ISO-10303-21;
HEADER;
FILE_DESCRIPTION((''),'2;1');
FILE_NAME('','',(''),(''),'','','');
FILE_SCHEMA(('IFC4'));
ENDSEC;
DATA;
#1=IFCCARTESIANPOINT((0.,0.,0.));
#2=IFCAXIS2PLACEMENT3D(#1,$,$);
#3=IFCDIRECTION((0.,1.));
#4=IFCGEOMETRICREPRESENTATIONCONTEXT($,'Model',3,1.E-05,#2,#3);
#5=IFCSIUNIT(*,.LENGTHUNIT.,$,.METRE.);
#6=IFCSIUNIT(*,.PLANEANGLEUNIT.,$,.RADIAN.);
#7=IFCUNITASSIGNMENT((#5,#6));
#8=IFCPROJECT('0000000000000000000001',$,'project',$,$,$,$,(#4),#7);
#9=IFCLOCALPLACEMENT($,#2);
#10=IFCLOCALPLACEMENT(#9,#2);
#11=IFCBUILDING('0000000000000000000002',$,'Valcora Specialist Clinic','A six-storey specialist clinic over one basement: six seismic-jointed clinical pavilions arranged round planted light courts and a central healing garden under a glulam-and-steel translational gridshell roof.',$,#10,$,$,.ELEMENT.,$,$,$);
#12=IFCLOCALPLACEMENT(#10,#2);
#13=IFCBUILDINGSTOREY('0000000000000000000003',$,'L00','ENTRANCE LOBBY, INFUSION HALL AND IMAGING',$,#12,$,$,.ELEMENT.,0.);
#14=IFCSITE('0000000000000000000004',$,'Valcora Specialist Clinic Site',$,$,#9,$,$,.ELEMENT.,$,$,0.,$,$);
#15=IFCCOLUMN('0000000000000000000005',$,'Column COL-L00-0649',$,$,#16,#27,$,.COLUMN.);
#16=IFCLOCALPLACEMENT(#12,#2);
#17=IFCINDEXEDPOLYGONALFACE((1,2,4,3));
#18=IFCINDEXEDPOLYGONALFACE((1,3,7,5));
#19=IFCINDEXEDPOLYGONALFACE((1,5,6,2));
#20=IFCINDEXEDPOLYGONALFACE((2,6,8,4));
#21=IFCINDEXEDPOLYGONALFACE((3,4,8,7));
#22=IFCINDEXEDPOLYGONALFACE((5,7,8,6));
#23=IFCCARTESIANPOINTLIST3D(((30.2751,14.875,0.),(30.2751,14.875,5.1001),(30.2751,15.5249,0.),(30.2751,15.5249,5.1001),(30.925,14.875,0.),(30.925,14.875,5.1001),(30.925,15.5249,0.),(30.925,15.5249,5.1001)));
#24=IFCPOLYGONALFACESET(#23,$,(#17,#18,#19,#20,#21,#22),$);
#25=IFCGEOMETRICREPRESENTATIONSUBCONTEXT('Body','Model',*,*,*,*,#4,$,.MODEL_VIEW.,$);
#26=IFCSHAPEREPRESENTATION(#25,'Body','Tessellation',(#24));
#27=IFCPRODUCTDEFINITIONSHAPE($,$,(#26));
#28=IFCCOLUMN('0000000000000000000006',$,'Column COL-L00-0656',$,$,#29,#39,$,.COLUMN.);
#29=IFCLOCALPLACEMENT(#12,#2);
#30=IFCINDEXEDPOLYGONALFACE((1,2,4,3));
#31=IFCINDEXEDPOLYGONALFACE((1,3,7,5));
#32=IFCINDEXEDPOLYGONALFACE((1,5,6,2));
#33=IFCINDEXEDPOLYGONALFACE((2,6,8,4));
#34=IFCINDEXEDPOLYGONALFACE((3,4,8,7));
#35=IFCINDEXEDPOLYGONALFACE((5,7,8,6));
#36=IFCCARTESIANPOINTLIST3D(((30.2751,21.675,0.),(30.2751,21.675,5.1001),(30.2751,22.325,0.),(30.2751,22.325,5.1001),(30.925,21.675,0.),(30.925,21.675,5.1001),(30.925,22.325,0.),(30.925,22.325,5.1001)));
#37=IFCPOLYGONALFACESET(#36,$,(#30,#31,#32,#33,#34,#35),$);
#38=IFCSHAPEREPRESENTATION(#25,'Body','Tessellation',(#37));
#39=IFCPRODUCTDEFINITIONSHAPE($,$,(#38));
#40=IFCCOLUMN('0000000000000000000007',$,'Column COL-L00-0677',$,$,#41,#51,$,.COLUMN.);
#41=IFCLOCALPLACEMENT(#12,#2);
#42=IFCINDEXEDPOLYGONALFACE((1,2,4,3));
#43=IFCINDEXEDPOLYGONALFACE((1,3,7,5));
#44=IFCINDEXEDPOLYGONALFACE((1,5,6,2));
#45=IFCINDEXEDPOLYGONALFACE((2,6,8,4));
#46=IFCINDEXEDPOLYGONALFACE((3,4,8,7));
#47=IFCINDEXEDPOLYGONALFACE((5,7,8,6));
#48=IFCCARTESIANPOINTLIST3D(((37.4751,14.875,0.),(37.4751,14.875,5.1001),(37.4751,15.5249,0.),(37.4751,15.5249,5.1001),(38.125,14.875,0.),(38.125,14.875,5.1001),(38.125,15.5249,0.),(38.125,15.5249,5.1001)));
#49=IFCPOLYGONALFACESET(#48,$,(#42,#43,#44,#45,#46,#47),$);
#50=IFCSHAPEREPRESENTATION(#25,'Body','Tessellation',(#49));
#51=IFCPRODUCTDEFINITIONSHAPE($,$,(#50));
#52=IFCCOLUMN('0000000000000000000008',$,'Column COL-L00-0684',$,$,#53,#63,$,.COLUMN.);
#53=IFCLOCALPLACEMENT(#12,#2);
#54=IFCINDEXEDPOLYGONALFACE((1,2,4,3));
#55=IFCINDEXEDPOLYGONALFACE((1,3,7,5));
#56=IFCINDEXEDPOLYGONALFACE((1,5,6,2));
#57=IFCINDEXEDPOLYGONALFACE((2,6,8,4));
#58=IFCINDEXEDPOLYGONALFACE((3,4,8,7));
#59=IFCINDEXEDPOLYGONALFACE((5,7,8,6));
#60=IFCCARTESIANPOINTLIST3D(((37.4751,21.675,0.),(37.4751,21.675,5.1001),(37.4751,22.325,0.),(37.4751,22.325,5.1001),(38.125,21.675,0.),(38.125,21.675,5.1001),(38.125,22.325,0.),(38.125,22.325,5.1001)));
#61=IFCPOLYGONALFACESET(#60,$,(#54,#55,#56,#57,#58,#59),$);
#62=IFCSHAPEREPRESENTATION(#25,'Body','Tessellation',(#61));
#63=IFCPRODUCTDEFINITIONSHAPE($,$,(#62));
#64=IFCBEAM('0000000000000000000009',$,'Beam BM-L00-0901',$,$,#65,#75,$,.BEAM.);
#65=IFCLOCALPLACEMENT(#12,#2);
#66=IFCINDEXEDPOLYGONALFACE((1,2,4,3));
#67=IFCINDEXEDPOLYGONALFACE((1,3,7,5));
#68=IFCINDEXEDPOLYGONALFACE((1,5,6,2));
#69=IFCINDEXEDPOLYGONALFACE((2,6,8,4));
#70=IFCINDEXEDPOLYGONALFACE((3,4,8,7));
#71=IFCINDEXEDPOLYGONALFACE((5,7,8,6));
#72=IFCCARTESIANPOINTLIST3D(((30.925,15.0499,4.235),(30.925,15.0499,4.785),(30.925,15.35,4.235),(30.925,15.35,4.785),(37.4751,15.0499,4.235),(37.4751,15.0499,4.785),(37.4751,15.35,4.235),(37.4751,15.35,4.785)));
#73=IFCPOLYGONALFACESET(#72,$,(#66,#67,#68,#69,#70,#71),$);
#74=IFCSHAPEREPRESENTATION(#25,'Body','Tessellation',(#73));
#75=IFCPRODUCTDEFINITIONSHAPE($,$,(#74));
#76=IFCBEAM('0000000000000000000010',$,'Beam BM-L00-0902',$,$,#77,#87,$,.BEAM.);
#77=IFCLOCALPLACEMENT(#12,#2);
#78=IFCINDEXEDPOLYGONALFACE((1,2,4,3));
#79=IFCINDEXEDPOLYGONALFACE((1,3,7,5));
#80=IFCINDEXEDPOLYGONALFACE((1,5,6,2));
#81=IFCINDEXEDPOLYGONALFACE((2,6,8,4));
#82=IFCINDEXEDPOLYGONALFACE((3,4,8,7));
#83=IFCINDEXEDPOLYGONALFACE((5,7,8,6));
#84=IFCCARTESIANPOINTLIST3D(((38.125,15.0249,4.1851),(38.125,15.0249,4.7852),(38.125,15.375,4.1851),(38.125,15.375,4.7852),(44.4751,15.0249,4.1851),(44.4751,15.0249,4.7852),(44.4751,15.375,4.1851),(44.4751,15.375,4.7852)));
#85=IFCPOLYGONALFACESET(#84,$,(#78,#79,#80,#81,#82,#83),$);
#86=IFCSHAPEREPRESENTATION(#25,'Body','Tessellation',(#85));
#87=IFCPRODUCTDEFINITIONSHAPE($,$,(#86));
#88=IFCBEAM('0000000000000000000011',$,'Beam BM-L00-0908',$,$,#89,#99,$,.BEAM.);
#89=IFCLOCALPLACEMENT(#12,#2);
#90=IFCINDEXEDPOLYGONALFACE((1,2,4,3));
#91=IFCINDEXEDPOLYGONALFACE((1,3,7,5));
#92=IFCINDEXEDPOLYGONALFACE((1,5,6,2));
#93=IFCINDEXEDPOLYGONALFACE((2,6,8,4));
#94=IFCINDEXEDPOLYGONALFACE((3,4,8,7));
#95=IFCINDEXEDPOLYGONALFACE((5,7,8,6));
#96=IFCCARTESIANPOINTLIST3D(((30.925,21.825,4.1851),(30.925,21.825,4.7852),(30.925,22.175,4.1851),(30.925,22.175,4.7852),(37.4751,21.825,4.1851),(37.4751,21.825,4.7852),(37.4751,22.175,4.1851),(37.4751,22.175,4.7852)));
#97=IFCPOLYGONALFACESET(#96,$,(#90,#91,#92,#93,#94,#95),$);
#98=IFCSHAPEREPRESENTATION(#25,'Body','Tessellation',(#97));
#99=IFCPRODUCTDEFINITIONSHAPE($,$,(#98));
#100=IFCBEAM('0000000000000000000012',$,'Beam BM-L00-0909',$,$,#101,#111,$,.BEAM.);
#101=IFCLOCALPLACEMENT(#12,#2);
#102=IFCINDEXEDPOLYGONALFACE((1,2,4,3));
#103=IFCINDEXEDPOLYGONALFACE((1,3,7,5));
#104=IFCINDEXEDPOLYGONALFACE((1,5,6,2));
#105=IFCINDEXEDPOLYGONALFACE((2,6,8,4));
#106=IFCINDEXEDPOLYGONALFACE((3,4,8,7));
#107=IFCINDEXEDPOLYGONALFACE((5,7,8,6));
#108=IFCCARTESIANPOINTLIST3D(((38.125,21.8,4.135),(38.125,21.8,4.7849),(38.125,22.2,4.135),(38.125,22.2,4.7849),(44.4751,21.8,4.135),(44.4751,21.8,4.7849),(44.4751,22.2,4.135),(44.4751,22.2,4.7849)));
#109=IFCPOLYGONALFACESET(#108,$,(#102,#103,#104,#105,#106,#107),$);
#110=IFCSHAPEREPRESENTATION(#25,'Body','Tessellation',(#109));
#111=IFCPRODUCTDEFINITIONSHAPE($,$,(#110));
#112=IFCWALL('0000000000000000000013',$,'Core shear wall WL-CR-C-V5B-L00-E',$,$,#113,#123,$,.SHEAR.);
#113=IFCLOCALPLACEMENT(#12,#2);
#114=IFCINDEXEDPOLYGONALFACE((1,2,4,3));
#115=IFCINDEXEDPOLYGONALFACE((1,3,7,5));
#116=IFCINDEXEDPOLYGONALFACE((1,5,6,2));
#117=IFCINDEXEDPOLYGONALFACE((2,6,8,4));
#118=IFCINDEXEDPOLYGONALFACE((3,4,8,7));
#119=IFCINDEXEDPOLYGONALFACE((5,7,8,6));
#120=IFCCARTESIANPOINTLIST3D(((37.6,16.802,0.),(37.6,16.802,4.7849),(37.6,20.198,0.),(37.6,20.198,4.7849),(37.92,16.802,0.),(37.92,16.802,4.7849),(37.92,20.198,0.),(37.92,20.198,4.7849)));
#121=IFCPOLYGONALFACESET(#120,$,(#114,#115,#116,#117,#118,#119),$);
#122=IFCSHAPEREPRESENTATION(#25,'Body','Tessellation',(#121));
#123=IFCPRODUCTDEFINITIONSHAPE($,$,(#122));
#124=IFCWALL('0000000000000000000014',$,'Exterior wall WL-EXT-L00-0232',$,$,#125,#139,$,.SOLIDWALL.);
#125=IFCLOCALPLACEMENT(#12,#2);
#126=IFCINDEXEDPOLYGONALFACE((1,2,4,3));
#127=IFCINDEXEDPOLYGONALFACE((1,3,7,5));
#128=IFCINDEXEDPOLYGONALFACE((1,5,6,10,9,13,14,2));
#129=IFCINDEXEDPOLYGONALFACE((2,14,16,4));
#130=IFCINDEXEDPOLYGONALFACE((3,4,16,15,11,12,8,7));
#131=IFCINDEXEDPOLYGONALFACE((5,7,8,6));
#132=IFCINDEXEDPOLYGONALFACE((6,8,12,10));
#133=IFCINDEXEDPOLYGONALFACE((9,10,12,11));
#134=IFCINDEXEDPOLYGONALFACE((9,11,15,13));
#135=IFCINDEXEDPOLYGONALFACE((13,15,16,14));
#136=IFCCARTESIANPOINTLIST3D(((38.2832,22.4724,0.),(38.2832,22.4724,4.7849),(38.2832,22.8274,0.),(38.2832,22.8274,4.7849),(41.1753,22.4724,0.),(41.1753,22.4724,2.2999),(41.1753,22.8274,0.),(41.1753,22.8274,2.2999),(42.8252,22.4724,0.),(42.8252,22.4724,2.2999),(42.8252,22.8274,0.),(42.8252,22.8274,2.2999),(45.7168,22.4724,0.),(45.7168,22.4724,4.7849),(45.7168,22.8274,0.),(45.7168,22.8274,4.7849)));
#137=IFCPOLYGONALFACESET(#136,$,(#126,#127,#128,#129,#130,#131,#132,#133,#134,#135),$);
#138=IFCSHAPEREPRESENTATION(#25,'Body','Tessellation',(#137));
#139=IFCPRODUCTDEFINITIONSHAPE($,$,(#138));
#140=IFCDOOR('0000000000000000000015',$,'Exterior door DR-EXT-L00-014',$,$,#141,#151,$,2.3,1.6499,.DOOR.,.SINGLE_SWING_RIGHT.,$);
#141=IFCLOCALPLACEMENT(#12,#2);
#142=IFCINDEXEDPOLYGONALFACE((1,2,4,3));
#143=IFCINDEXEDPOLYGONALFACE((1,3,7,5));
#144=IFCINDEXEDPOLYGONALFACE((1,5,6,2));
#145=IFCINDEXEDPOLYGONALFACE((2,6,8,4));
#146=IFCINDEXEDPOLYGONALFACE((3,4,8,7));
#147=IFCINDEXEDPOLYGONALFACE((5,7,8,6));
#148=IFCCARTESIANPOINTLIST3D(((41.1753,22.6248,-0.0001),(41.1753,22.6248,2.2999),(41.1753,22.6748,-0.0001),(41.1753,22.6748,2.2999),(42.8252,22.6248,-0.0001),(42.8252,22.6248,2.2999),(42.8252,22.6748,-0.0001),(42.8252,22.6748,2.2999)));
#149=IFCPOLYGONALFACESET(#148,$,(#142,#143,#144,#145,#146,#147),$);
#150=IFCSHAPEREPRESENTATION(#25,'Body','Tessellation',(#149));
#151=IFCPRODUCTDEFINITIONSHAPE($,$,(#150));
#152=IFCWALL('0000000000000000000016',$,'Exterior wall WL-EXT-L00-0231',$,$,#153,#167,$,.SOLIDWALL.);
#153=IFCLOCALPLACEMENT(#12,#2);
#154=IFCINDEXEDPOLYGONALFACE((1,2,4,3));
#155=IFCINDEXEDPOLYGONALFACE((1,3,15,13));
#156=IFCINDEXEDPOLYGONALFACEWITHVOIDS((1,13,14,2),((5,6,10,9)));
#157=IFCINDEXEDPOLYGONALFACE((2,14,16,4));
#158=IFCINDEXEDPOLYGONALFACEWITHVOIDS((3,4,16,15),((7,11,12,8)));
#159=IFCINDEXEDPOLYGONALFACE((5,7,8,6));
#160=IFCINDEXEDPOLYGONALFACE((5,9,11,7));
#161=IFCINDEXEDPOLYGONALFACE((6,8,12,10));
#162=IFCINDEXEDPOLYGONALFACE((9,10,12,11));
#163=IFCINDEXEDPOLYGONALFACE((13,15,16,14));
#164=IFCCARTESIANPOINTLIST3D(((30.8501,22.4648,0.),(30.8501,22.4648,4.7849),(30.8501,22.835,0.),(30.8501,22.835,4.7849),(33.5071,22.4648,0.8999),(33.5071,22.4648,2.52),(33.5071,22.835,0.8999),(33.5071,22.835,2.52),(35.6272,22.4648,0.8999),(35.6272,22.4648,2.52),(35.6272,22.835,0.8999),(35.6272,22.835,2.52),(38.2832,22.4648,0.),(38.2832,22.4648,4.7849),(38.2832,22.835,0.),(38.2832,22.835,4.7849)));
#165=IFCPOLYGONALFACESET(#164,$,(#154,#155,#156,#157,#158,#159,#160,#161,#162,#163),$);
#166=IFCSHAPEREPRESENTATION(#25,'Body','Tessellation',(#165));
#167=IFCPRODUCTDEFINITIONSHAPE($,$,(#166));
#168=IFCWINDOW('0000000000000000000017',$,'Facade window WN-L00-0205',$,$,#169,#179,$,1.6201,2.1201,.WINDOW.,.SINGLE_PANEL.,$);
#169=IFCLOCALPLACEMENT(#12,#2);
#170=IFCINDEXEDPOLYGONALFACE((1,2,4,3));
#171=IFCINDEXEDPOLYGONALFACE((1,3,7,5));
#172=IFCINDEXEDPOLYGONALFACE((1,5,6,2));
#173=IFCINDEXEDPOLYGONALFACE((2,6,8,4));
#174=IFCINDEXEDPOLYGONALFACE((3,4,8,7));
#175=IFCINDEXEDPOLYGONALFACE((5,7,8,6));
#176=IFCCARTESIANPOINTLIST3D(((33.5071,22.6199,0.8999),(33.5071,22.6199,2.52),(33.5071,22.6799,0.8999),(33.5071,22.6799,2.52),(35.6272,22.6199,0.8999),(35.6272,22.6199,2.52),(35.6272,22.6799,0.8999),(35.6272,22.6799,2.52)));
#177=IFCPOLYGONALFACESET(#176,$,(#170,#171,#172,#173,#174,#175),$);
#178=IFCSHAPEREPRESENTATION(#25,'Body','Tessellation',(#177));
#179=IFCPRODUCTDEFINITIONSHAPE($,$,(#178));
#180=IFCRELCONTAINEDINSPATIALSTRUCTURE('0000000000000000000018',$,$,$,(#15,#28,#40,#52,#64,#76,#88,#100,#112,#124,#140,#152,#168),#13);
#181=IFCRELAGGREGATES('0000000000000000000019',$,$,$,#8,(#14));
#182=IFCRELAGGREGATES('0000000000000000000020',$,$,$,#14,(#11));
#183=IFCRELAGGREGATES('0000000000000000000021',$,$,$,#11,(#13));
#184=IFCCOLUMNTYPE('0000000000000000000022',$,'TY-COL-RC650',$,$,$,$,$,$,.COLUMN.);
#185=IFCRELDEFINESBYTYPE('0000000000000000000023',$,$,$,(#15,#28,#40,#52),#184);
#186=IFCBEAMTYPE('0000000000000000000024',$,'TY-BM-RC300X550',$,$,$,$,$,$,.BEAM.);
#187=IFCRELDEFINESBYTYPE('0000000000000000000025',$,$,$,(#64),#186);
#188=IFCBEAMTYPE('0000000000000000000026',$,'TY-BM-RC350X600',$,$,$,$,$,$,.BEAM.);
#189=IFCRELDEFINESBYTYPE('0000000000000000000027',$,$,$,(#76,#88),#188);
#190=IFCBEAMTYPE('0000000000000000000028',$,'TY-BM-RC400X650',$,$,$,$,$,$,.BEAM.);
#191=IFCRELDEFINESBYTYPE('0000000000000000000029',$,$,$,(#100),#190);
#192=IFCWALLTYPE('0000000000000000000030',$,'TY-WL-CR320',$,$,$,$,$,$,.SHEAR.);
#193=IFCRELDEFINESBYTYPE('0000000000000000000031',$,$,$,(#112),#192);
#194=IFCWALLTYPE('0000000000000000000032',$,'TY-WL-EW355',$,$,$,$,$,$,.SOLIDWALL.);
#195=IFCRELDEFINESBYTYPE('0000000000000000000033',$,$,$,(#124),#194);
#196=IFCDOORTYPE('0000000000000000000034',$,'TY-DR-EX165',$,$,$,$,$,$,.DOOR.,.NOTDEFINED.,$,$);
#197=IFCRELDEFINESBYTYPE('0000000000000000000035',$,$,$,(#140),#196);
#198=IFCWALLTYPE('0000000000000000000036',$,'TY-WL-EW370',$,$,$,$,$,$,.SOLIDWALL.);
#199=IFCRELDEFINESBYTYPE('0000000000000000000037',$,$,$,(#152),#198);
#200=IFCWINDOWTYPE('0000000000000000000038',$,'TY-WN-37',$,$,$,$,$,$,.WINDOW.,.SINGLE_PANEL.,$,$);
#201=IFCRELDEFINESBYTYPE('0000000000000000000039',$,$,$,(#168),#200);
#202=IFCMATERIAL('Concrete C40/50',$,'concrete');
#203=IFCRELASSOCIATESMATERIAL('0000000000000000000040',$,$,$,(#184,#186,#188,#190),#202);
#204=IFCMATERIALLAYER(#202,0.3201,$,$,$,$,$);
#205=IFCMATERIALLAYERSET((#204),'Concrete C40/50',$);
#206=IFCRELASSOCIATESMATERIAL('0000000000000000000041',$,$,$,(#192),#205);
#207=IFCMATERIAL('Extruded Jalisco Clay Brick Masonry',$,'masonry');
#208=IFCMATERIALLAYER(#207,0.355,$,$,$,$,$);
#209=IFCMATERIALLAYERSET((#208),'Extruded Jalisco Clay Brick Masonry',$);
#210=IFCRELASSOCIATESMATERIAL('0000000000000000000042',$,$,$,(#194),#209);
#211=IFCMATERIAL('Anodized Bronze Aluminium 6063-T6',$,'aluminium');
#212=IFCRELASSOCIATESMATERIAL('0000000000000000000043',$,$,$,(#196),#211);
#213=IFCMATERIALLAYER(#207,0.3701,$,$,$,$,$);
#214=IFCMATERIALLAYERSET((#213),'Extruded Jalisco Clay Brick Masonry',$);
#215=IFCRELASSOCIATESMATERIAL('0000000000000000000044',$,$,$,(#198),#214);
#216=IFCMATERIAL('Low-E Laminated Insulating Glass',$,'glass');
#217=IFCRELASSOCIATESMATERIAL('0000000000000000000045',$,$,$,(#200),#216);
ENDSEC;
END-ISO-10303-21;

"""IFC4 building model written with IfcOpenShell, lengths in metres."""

from ifc_helpers import new_model, si_unit, direction, frame, frame_2d, origin, origin_2d, place, context, subcontext, project, spatial, rectangle, extrude, material, layer, layer_set, material_profile, profile_set, type_object, element, fill, save


model = new_model("IFC4")

# Units and contexts
model_context = context("Model", 3, precision=1e-05, world=origin(), true_north=direction((0.0, 1.0)))
body_context = subcontext(model_context, "Body", "Model", "MODEL_VIEW")
ifc_project = project(units=[si_unit("LENGTHUNIT", "METRE"), si_unit("PLANEANGLEUNIT", "RADIAN")], contexts=[model_context])

# Site, building, storey
site_placement = place(None, origin())
site = spatial("IfcSite", under=ifc_project, at=site_placement, Name="Valcora Specialist Clinic Site", CompositionType="ELEMENT", RefElevation=0.0)
building_placement = place(site_placement, origin())
building = spatial("IfcBuilding", under=site, at=building_placement, Name="Valcora Specialist Clinic", Description="A six-storey specialist clinic over one basement: six seismic-jointed clinical pavilions arranged round planted light courts and a central healing garden under a glulam-and-steel translational gridshell roof.", CompositionType="ELEMENT")
storey_placement = place(building_placement, origin())
storey = spatial("IfcBuildingStorey", under=building, at=storey_placement, Name="L00", Description="ENTRANCE LOBBY, INFUSION HALL AND IMAGING", CompositionType="ELEMENT", Elevation=0.0)

# Columns
ifc_material_1 = material(Name="Concrete C40/50", Category="concrete")
ifc_material_profile_1 = material_profile(ifc_material_1, rectangle(XDim=0.6499, YDim=0.6499, at=origin_2d()), Name="RC-COL-650X650")
ifc_profile_set_1 = profile_set([ifc_material_profile_1], Name="Concrete C40/50")
column_type = type_object("IfcColumnType", Name="TY-COL-RC650", PredefinedType="COLUMN", material=ifc_profile_set_1)
for number, where, z_axis, x_axis, name in (
    (1, (30.6001, 15.2, 0.0), (0.0, 0.0, 1.0), (1.0, 0.0, 0.0), "Column COL-L00-0649"),
    (2, (30.6001, 22.0, 0.0), (0.0, 0.0, 1.0), (1.0, 0.0, 0.0), "Column COL-L00-0656"),
    (3, (37.8, 15.2, 0.0), (0.0, 0.0, 1.0), (1.0, 0.0, 0.0), "Column COL-L00-0677"),
    (4, (37.8, 22.0, 0.0), (0.0, 0.0, 1.0), (1.0, 0.0, 0.0), "Column COL-L00-0684"),
):
    element("IfcColumn", number, at=place(storey_placement, frame(where, z_axis=z_axis, x_axis=x_axis)), inside=storey, type_object=column_type, Name=name, PredefinedType="COLUMN", context=body_context, shape_type="SweptSolid", body=[
        extrude(rectangle(XDim=0.6499, YDim=0.6499, at=origin_2d()), origin(), (0.0, 0.0, 1.0), 5.1001),
    ])

# Beams
ifc_material_profile_2 = material_profile(ifc_material_1, rectangle(XDim=0.3, YDim=0.55, at=origin_2d()), Name="RC-BM-300X550")
ifc_profile_set_2 = profile_set([ifc_material_profile_2], Name="Concrete C40/50")
beam_type_1 = type_object("IfcBeamType", Name="TY-BM-RC300X550", PredefinedType="BEAM", material=ifc_profile_set_2)
beam_1_placement = place(storey_placement, frame((30.925, 15.2, 4.51), z_axis=(1.0, 0.0, 0.0), x_axis=(0.0, 1.0, 0.0)))
element("IfcBeam", 5, at=beam_1_placement, inside=storey, type_object=beam_type_1, Name="Beam BM-L00-0901", PredefinedType="BEAM", context=body_context, shape_type="SweptSolid", body=[
    extrude(rectangle(XDim=0.3, YDim=0.55, at=origin_2d()), origin(), (0.0, 0.0, 1.0), 6.55),
])
ifc_material_profile_3 = material_profile(ifc_material_1, rectangle(XDim=0.3501, YDim=0.6001, at=origin_2d()), Name="RC-BM-350X600")
ifc_profile_set_3 = profile_set([ifc_material_profile_3], Name="Concrete C40/50")
beam_type_2 = type_object("IfcBeamType", Name="TY-BM-RC350X600", PredefinedType="BEAM", material=ifc_profile_set_3)
beam_2_placement = place(storey_placement, frame((38.125, 15.2, 4.4851), z_axis=(1.0, 0.0, 0.0), x_axis=(0.0, 1.0, 0.0)))
element("IfcBeam", 6, at=beam_2_placement, inside=storey, type_object=beam_type_2, Name="Beam BM-L00-0902", PredefinedType="BEAM", context=body_context, shape_type="SweptSolid", body=[
    extrude(rectangle(XDim=0.3501, YDim=0.6001, at=origin_2d()), origin(), (0.0, 0.0, 1.0), 6.3501),
])
beam_3_placement = place(storey_placement, frame((30.925, 22.0, 4.4851), z_axis=(1.0, 0.0, 0.0), x_axis=(0.0, 1.0, 0.0)))
element("IfcBeam", 7, at=beam_3_placement, inside=storey, type_object=beam_type_2, Name="Beam BM-L00-0908", PredefinedType="BEAM", context=body_context, shape_type="SweptSolid", body=[
    extrude(rectangle(XDim=0.3501, YDim=0.6001, at=origin_2d()), origin(), (0.0, 0.0, 1.0), 6.55),
])
ifc_material_profile_4 = material_profile(ifc_material_1, rectangle(XDim=0.3999, YDim=0.6499, at=origin_2d()), Name="RC-BM-400X650")
ifc_profile_set_4 = profile_set([ifc_material_profile_4], Name="Concrete C40/50")
beam_type_3 = type_object("IfcBeamType", Name="TY-BM-RC400X650", PredefinedType="BEAM", material=ifc_profile_set_4)
beam_4_placement = place(storey_placement, frame((38.125, 22.0, 4.46), z_axis=(1.0, 0.0, 0.0), x_axis=(0.0, 1.0, 0.0)))
element("IfcBeam", 8, at=beam_4_placement, inside=storey, type_object=beam_type_3, Name="Beam BM-L00-0909", PredefinedType="BEAM", context=body_context, shape_type="SweptSolid", body=[
    extrude(rectangle(XDim=0.3999, YDim=0.6499, at=origin_2d()), origin(), (0.0, 0.0, 1.0), 6.3501),
])

# Wall
ifc_layer_1 = layer(ifc_material_1, 0.3201)
ifc_layer_set_1 = layer_set([ifc_layer_1], Name="Concrete C40/50")
wall_type_1 = type_object("IfcWallType", Name="TY-WL-CR320", PredefinedType="SHEAR", material=ifc_layer_set_1)
wall_1_placement = place(storey_placement, frame((37.76, 16.802, 0.0), z_axis=(0.0, 0.0, 1.0), x_axis=(0.0, 1.0, 0.0)))
element("IfcWall", 9, at=wall_1_placement, inside=storey, type_object=wall_type_1, Name="Core shear wall WL-CR-C-V5B-L00-E", PredefinedType="SHEAR", context=body_context, shape_type="SweptSolid", body=[
    extrude(rectangle(XDim=3.396, YDim=0.3201, at=frame_2d((1.698, 0.0))), origin(), (0.0, 0.0, 1.0), 4.7849),
])

# Wall, opening, door
ifc_material_2 = material(Name="Extruded Jalisco Clay Brick Masonry", Category="masonry")
ifc_layer_2 = layer(ifc_material_2, 0.355)
ifc_layer_set_2 = layer_set([ifc_layer_2], Name="Extruded Jalisco Clay Brick Masonry")
wall_type_2 = type_object("IfcWallType", Name="TY-WL-EW355", PredefinedType="SOLIDWALL", material=ifc_layer_set_2)
wall_2_placement = place(storey_placement, frame((38.2832, 22.6499, 0.0), z_axis=(0.0, 0.0, 1.0), x_axis=(1.0, 0.0, 0.0)))
wall_2 = element("IfcWall", 10, at=wall_2_placement, inside=storey, type_object=wall_type_2, Name="Exterior wall WL-EXT-L00-0232", PredefinedType="SOLIDWALL", context=body_context, shape_type="SweptSolid", body=[
    extrude(rectangle(XDim=7.4336, YDim=0.355, at=frame_2d((3.7168, 0.0))), origin(), (0.0, 0.0, 1.0), 4.7849),
])
opening_1_placement = place(wall_2_placement, frame((2.8921, 0.0, 0.0)))
opening_1 = element("IfcOpeningElement", 11, at=opening_1_placement, cuts=wall_2, PredefinedType="OPENING", context=body_context, shape_type="SweptSolid", body=[
    extrude(rectangle(XDim=1.6499, YDim=2.3, at=frame_2d((0.825, 1.1499))), frame((0.0, 0.1875, 0.0), z_axis=(0.0, -1.0, 0.0), x_axis=(1.0, 0.0, 0.0)), (0.0, 0.0, 1.0), 0.375),
])
ifc_material_3 = material(Name="Anodized Bronze Aluminium 6063-T6", Category="aluminium")
door_type_1 = type_object("IfcDoorType", Name="TY-DR-EX165", OperationType="NOTDEFINED", PredefinedType="DOOR", material=ifc_material_3)
door_1_placement = place(opening_1_placement, origin())
door_1 = element("IfcDoor", 12, at=door_1_placement, inside=storey, type_object=door_type_1, Name="Exterior door DR-EXT-L00-014", OperationType="SINGLE_SWING_RIGHT", OverallHeight=2.3, OverallWidth=1.6499, PredefinedType="DOOR", context=body_context, shape_type="SweptSolid", body=[
    extrude(rectangle(XDim=1.6499, YDim=2.3, at=frame_2d((0.825, 1.1499))), frame((0.0, 0.0249, 0.0), z_axis=(0.0, -1.0, 0.0), x_axis=(1.0, 0.0, 0.0)), (0.0, 0.0, 1.0), 0.05),
])
fill(opening_1, door_1)

# Wall, opening, window
ifc_layer_3 = layer(ifc_material_2, 0.3701)
ifc_layer_set_3 = layer_set([ifc_layer_3], Name="Extruded Jalisco Clay Brick Masonry")
wall_type_3 = type_object("IfcWallType", Name="TY-WL-EW370", PredefinedType="SOLIDWALL", material=ifc_layer_set_3)
wall_3_placement = place(storey_placement, frame((30.8501, 22.6499, 0.0), z_axis=(0.0, 0.0, 1.0), x_axis=(1.0, 0.0, 0.0)))
wall_3 = element("IfcWall", 13, at=wall_3_placement, inside=storey, type_object=wall_type_3, Name="Exterior wall WL-EXT-L00-0231", PredefinedType="SOLIDWALL", context=body_context, shape_type="SweptSolid", body=[
    extrude(rectangle(XDim=7.4331, YDim=0.3701, at=frame_2d((3.7166, 0.0))), origin(), (0.0, 0.0, 1.0), 4.7849),
])
opening_2_placement = place(wall_3_placement, frame((2.657, 0.0, 0.8999)))
opening_2 = element("IfcOpeningElement", 14, at=opening_2_placement, cuts=wall_3, PredefinedType="OPENING", context=body_context, shape_type="SweptSolid", body=[
    extrude(rectangle(XDim=2.1201, YDim=1.6201, at=frame_2d((1.0601, 0.8101))), frame((0.0, 0.1951, 0.0), z_axis=(0.0, -1.0, 0.0), x_axis=(1.0, 0.0, 0.0)), (0.0, 0.0, 1.0), 0.3901),
])
ifc_material_4 = material(Name="Low-E Laminated Insulating Glass", Category="glass")
window_type = type_object("IfcWindowType", Name="TY-WN-37", PartitioningType="SINGLE_PANEL", PredefinedType="WINDOW", material=ifc_material_4)
window_placement = place(opening_2_placement, origin())
window = element("IfcWindow", 15, at=window_placement, inside=storey, type_object=window_type, Name="Facade window WN-L00-0205", OverallHeight=1.6201, OverallWidth=2.1201, PartitioningType="SINGLE_PANEL", PredefinedType="WINDOW", context=body_context, shape_type="SweptSolid", body=[
    extrude(rectangle(XDim=2.1201, YDim=1.6201, at=frame_2d((1.0601, 0.8101))), frame((0.0, 0.03, 0.0), z_axis=(0.0, -1.0, 0.0), x_axis=(1.0, 0.0, 0.0)), (0.0, 0.0, 1.0), 0.0601),
])
fill(opening_2, window)

save(model, "model.ifc")
